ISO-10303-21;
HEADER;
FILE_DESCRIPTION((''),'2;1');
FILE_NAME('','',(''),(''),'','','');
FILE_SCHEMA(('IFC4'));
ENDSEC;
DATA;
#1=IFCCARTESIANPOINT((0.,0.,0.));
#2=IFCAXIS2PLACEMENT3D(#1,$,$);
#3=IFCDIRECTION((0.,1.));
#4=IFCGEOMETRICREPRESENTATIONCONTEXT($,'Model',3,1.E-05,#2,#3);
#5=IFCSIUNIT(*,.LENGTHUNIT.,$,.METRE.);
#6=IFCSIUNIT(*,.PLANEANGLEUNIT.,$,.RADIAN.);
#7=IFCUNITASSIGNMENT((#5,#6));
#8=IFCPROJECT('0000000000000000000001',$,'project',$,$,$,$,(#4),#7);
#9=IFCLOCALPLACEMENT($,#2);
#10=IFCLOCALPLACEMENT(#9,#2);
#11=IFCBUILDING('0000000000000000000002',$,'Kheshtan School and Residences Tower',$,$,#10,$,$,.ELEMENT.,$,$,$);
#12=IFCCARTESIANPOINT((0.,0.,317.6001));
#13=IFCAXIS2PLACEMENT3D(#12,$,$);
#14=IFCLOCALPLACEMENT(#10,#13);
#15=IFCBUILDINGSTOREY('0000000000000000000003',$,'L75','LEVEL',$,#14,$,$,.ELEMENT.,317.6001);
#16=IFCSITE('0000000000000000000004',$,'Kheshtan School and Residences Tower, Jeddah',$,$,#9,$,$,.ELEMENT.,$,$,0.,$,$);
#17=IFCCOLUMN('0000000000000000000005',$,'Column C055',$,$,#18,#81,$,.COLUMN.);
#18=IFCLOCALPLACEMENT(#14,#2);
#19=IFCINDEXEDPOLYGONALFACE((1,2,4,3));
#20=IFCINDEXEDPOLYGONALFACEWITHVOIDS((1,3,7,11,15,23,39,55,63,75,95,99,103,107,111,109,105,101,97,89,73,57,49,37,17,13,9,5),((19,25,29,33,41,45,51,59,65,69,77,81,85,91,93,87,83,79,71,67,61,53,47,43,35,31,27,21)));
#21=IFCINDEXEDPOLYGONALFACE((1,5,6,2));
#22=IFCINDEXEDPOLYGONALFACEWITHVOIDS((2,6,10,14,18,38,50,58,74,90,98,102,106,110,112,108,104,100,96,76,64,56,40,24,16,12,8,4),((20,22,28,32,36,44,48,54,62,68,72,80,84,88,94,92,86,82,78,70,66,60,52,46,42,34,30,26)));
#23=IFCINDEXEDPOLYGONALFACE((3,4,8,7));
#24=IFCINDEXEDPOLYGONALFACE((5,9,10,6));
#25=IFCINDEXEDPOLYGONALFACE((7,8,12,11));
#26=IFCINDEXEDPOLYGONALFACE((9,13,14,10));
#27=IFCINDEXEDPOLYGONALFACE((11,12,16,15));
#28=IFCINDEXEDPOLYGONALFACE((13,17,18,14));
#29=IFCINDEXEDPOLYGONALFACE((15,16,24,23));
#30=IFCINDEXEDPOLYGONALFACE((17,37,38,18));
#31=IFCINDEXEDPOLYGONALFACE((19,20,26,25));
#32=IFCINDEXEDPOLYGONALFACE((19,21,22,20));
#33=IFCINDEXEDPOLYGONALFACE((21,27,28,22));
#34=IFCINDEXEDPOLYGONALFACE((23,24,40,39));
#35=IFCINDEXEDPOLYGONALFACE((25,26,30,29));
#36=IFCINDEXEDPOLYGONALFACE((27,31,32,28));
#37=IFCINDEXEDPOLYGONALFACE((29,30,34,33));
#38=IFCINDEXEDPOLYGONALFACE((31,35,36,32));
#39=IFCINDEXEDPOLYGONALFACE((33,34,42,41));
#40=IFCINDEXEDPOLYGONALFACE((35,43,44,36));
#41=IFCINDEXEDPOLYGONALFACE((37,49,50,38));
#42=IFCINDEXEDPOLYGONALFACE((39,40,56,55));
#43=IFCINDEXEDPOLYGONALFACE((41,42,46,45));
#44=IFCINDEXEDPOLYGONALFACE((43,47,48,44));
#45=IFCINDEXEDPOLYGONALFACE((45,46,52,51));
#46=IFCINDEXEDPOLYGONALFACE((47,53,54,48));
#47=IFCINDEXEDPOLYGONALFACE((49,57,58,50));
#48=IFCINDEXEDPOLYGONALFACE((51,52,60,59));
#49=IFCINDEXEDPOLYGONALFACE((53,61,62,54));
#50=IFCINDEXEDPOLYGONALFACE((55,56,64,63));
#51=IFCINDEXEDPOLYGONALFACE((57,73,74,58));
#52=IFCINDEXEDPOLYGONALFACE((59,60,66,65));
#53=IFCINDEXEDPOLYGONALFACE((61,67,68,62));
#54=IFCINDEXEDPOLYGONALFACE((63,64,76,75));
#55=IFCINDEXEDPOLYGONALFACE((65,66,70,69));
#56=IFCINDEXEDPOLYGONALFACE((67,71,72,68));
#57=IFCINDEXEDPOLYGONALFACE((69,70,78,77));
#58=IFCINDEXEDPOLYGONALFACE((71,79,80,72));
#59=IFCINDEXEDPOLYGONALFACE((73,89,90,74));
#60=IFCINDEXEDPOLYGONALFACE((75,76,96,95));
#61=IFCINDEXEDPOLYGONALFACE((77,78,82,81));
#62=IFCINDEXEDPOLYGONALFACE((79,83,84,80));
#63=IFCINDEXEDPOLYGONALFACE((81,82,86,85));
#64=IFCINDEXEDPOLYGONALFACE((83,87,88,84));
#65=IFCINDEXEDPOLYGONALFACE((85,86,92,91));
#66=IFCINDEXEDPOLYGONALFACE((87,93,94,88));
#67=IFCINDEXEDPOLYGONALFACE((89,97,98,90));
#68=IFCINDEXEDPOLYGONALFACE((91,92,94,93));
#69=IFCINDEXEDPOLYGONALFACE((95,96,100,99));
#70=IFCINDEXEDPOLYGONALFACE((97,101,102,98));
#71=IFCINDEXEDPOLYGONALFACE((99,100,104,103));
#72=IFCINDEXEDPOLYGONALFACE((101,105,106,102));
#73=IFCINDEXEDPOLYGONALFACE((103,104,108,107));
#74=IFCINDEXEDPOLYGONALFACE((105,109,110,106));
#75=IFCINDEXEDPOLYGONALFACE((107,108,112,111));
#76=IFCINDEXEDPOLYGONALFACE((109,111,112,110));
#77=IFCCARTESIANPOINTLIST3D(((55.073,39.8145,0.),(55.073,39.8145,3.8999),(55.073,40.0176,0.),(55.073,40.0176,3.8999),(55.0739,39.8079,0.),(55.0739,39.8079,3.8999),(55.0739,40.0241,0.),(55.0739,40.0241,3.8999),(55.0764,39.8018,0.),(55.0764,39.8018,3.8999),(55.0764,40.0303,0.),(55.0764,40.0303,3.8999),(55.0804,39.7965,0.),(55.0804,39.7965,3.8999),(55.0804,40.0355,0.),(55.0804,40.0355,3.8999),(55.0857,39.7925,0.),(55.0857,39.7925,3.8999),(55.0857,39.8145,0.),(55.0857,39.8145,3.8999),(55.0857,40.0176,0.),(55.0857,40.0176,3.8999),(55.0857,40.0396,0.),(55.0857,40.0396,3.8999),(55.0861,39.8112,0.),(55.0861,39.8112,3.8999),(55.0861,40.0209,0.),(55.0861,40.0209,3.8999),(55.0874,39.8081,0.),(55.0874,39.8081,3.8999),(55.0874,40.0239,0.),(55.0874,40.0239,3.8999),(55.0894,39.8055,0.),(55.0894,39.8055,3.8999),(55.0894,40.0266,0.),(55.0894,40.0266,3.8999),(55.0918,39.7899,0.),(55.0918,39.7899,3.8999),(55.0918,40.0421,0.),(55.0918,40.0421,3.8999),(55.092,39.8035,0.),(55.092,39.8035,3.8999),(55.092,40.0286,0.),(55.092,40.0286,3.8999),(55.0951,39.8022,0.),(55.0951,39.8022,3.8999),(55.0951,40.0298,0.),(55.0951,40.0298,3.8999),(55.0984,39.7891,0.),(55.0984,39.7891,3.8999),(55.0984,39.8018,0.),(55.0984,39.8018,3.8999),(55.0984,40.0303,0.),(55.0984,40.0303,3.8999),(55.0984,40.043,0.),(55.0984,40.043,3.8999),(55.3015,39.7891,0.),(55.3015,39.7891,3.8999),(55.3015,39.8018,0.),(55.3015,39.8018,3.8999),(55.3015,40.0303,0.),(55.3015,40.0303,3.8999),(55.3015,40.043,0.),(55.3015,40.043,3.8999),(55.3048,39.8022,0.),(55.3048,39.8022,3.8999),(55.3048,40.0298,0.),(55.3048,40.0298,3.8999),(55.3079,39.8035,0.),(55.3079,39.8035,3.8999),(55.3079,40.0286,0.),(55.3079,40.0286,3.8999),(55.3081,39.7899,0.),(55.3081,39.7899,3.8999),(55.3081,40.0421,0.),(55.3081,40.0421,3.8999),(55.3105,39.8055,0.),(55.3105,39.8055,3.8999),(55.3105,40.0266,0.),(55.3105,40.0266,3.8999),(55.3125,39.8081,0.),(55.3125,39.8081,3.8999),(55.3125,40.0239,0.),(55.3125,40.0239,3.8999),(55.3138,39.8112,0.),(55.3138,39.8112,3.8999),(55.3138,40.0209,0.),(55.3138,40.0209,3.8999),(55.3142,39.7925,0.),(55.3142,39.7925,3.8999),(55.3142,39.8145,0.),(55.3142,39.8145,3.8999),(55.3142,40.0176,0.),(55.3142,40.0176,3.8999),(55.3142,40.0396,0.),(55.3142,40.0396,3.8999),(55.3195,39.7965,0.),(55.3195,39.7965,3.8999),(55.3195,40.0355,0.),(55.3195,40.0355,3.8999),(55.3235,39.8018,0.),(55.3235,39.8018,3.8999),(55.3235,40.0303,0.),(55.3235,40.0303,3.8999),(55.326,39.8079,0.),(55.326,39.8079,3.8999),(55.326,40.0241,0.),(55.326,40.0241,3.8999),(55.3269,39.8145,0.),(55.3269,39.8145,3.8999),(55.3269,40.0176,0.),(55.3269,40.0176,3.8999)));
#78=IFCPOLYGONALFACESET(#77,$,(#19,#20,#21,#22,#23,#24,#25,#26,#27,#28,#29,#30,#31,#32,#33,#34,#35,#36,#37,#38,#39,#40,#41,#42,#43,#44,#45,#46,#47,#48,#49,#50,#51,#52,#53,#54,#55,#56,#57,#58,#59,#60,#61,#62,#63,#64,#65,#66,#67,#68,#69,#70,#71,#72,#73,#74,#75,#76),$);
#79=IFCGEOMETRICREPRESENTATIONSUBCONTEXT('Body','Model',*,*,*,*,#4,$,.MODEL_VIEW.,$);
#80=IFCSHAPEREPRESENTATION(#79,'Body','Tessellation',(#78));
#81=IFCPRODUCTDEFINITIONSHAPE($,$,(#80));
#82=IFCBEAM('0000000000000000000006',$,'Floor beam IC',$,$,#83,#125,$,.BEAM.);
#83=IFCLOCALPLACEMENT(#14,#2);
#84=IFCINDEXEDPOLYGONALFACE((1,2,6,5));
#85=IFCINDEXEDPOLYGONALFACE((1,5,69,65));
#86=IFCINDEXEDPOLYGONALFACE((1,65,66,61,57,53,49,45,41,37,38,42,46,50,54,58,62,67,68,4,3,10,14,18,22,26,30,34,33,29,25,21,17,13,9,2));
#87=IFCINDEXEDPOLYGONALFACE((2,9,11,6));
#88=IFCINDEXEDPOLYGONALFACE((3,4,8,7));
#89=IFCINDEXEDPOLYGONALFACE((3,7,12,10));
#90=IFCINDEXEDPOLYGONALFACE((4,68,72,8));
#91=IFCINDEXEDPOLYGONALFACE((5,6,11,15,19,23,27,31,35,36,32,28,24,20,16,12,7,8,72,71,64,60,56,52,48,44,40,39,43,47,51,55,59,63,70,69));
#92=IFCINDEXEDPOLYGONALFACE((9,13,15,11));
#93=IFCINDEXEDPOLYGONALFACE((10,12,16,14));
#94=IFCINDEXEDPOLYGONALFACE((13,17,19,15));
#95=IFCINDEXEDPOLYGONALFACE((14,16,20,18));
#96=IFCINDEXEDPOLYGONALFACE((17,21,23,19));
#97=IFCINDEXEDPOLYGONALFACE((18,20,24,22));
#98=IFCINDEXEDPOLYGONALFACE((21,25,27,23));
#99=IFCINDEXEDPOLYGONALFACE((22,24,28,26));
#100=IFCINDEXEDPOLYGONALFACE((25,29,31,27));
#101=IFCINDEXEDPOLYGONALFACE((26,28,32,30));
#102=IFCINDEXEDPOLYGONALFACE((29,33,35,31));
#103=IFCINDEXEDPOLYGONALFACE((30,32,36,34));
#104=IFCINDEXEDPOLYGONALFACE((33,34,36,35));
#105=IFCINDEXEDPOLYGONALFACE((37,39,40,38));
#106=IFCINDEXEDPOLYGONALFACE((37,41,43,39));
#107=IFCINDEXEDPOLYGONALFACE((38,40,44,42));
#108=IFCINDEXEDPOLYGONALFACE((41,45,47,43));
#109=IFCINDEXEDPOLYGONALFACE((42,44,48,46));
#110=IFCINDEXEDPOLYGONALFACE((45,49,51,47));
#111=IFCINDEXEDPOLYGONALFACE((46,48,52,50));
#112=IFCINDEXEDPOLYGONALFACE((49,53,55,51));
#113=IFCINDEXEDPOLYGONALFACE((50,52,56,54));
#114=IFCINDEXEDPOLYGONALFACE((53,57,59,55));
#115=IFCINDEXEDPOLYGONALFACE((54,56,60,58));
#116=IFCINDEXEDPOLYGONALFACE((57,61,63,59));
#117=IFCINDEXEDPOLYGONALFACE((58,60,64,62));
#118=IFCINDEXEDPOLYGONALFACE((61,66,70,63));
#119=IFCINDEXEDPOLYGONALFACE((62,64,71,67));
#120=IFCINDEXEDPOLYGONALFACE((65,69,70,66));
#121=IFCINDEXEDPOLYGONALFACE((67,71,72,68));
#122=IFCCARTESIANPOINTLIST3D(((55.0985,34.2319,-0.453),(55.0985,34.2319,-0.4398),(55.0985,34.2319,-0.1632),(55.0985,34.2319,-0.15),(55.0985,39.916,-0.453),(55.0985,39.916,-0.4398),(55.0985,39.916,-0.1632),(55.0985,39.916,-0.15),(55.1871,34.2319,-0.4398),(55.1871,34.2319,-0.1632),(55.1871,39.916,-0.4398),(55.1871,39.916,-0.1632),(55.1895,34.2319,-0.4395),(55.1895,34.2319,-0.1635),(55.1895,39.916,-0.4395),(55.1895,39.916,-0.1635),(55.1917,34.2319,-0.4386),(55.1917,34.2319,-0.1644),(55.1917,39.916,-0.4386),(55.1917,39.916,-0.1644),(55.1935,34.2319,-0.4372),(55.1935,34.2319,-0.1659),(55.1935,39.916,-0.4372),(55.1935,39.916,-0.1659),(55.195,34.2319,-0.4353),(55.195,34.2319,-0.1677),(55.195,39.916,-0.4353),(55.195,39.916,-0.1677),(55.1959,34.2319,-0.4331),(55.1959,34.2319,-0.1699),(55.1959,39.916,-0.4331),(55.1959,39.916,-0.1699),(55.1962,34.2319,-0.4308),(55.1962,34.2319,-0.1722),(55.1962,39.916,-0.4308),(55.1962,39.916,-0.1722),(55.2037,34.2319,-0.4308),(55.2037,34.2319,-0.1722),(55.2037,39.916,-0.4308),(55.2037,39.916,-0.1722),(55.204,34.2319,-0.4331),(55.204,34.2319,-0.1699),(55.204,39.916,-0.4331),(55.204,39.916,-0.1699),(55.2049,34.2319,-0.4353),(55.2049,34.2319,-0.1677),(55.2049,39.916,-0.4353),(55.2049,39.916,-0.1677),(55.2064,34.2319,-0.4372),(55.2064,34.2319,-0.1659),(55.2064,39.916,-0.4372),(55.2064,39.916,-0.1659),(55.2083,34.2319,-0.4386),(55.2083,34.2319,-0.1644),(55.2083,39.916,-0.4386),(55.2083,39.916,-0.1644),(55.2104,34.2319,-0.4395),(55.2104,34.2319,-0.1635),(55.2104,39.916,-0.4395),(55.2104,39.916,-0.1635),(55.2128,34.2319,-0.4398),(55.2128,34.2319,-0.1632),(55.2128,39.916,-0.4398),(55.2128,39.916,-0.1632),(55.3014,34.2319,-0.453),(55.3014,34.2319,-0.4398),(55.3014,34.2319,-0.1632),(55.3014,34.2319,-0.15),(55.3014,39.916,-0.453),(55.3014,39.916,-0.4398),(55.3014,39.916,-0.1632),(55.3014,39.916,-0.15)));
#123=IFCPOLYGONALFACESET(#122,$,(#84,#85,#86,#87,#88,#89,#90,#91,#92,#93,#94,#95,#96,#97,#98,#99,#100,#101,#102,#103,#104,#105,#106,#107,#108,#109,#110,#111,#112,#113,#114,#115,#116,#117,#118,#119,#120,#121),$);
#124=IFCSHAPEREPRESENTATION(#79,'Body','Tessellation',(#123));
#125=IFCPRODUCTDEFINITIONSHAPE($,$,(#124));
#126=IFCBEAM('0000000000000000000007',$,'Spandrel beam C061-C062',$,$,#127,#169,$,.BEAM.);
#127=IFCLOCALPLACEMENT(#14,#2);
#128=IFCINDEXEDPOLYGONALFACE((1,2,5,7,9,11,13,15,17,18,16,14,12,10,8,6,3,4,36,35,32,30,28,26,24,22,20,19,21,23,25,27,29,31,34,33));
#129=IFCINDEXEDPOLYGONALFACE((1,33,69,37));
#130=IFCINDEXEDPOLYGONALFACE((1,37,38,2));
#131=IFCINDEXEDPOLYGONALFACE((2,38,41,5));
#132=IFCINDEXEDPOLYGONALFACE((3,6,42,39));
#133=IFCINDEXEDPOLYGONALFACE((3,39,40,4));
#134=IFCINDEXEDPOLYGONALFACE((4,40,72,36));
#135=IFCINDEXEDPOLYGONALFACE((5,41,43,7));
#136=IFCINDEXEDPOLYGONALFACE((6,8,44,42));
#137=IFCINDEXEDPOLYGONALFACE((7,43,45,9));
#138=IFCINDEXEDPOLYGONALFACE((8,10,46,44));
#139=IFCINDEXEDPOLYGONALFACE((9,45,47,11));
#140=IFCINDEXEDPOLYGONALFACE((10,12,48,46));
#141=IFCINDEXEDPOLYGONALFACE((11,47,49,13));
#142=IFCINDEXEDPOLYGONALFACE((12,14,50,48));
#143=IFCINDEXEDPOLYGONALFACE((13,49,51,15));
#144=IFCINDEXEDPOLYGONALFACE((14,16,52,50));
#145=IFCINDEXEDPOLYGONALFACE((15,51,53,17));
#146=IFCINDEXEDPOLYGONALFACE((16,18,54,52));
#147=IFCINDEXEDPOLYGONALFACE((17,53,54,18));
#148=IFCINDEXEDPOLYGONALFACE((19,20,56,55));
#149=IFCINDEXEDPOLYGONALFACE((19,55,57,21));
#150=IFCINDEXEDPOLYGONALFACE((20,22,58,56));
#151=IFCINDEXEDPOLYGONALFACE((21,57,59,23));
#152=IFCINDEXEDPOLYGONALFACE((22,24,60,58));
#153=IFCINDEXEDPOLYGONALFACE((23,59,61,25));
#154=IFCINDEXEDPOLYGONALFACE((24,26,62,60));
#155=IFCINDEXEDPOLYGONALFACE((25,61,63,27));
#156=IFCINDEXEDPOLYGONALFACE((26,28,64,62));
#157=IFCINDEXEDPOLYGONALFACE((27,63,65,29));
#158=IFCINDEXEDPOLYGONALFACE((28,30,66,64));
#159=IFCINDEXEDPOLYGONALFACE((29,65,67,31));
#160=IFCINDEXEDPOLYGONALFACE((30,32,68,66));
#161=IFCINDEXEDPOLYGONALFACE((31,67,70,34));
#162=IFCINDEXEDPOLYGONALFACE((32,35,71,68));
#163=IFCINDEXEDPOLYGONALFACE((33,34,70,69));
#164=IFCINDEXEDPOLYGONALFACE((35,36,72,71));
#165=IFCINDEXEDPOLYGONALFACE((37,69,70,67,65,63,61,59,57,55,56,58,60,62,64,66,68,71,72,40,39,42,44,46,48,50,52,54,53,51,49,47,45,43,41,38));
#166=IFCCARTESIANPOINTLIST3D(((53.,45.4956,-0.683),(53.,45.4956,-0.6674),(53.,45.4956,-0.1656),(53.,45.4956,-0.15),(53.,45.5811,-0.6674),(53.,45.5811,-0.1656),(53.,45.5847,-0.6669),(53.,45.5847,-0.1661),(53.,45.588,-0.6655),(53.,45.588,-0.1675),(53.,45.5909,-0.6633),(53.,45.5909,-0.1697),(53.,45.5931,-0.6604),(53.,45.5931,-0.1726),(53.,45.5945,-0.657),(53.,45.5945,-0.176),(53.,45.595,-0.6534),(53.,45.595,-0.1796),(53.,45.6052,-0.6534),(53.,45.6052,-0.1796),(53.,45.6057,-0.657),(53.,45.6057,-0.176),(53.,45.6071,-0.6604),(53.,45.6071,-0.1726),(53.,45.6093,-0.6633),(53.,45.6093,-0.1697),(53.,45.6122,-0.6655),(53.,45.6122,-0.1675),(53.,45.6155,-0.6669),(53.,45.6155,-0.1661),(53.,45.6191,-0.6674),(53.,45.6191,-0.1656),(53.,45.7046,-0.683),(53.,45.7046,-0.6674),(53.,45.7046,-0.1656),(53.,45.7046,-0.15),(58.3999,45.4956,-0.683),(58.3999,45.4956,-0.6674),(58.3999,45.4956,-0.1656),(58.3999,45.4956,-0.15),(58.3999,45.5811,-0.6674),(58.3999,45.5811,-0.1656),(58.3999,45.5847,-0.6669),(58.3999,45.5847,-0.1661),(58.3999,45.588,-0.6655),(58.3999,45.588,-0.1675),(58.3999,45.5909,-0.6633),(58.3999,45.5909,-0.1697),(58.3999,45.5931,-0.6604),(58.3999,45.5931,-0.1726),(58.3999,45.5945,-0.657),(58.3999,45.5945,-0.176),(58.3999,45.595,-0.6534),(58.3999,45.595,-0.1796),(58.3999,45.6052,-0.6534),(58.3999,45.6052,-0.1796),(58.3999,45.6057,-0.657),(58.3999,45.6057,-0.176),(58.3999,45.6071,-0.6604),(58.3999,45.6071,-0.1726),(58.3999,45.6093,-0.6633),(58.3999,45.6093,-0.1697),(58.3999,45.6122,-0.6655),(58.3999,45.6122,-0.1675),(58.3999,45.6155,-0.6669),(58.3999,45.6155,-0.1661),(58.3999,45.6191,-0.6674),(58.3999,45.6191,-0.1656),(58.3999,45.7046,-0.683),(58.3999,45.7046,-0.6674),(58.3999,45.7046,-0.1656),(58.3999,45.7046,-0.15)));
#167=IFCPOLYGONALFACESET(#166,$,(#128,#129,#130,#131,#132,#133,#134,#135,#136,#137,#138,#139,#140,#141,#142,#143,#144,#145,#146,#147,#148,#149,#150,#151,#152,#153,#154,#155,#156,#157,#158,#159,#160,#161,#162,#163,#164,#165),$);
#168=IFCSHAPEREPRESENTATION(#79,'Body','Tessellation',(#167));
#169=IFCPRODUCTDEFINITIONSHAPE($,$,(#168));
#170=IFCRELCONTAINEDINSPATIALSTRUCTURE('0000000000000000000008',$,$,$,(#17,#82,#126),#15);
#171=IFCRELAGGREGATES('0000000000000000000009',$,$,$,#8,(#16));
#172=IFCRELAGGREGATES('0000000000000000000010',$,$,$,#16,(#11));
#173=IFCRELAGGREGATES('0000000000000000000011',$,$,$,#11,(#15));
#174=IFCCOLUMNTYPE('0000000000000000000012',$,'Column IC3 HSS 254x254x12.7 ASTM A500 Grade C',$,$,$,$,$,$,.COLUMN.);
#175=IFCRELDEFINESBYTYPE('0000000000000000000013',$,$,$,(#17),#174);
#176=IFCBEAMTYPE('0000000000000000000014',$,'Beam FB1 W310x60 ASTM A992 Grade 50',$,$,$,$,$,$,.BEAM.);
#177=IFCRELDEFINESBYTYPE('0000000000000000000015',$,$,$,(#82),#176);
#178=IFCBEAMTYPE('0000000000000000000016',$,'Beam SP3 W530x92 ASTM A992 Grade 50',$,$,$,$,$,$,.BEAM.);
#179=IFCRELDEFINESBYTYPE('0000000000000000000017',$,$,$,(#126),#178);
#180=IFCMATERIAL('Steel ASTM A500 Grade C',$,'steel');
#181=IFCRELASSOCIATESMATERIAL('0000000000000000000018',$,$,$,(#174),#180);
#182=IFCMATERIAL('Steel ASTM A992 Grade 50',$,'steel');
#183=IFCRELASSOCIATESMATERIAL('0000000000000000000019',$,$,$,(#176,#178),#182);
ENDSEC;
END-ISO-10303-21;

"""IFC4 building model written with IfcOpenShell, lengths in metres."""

from ifc_helpers import new_model, si_unit, direction, frame, origin, origin_2d, place, context, subcontext, project, spatial, hollow_rectangle, i_section, extrude, material, material_profile, profile_set, type_object, element, save


model = new_model("IFC4")

# Units and contexts
model_context = context("Model", 3, precision=1e-05, world=origin(), true_north=direction((0.0, 1.0)))
body_context = subcontext(model_context, "Body", "Model", "MODEL_VIEW")
ifc_project = project(units=[si_unit("LENGTHUNIT", "METRE"), si_unit("PLANEANGLEUNIT", "RADIAN")], contexts=[model_context])

# Site, building, storey
site_placement = place(None, origin())
site = spatial("IfcSite", under=ifc_project, at=site_placement, Name="Kheshtan School and Residences Tower, Jeddah", CompositionType="ELEMENT", RefElevation=0.0)
building_placement = place(site_placement, origin())
building = spatial("IfcBuilding", under=site, at=building_placement, Name="Kheshtan School and Residences Tower", CompositionType="ELEMENT")
storey_placement = place(building_placement, frame((0.0, 0.0, 317.6001)))
storey = spatial("IfcBuildingStorey", under=building, at=storey_placement, Name="L75", Description="LEVEL", CompositionType="ELEMENT", Elevation=317.6001)

# Column
ifc_material_1 = material(Name="Steel ASTM A992 Grade 50", Category="steel")
ifc_material_2 = material(Name="Steel ASTM A500 Grade C", Category="steel")
ifc_material_profile_1 = material_profile(ifc_material_2, hollow_rectangle(XDim=0.2539, YDim=0.2539, WallThickness=0.0127, InnerFilletRadius=0.0127, OuterFilletRadius=0.0254, at=origin_2d()), Name="HSS 254x254x12.7")
ifc_profile_set_1 = profile_set([ifc_material_profile_1], Name="Steel ASTM A500 Grade C")
column_type_1 = type_object("IfcColumnType", Name="Column IC3 HSS 254x254x12.7 ASTM A500 Grade C", PredefinedType="COLUMN", material=ifc_profile_set_1)
for number, where, z_axis, x_axis, name in (
    (1, (55.2, 39.916, 0.0), (0.0, 0.0, 1.0), (1.0, 0.0, 0.0), "Column C055"),
):
    element("IfcColumn", number, at=place(storey_placement, frame(where, z_axis=z_axis, x_axis=x_axis)), inside=storey, type_object=column_type_1, Name=name, PredefinedType="COLUMN", context=body_context, shape_type="SweptSolid", body=[
        extrude(hollow_rectangle(XDim=0.2539, YDim=0.2539, WallThickness=0.0127, InnerFilletRadius=0.0127, OuterFilletRadius=0.0254, at=origin_2d()), origin(), (0.0, 0.0, 1.0), 3.8999),
    ])

# Beams
ifc_material_profile_2 = material_profile(ifc_material_1, i_section(OverallWidth=0.2029, OverallDepth=0.303, WebThickness=0.0076, FlangeThickness=0.0132, FilletRadius=0.009, at=origin_2d()), Name="W310x60")
ifc_profile_set_2 = profile_set([ifc_material_profile_2], Name="Steel ASTM A992 Grade 50")
beam_type_1 = type_object("IfcBeamType", Name="Beam FB1 W310x60 ASTM A992 Grade 50", PredefinedType="BEAM", material=ifc_profile_set_2)
beam_1_placement = place(storey_placement, frame((55.2, 34.2319, -0.3015), z_axis=(0.0, 1.0, 0.0), x_axis=(-1.0, 0.0, 0.0)))
element("IfcBeam", 2, at=beam_1_placement, inside=storey, type_object=beam_type_1, Name="Floor beam IC", PredefinedType="BEAM", context=body_context, shape_type="SweptSolid", body=[
    extrude(i_section(OverallWidth=0.2029, OverallDepth=0.303, WebThickness=0.0076, FlangeThickness=0.0132, FilletRadius=0.009, at=origin_2d()), origin(), (0.0, 0.0, 1.0), 5.6841),
])
ifc_material_profile_3 = material_profile(ifc_material_1, i_section(OverallWidth=0.209, OverallDepth=0.533, WebThickness=0.0103, FlangeThickness=0.0156, FilletRadius=0.0139, at=origin_2d()), Name="W530x92")
ifc_profile_set_3 = profile_set([ifc_material_profile_3], Name="Steel ASTM A992 Grade 50")
beam_type_2 = type_object("IfcBeamType", Name="Beam SP3 W530x92 ASTM A992 Grade 50", PredefinedType="BEAM", material=ifc_profile_set_3)
beam_2_placement = place(storey_placement, frame((53.0, 45.6001, -0.4165), z_axis=(1.0, 0.0, 0.0), x_axis=(0.0, 1.0, 0.0)))
element("IfcBeam", 3, at=beam_2_placement, inside=storey, type_object=beam_type_2, Name="Spandrel beam C061-C062", PredefinedType="BEAM", context=body_context, shape_type="SweptSolid", body=[
    extrude(i_section(OverallWidth=0.209, OverallDepth=0.533, WebThickness=0.0103, FlangeThickness=0.0156, FilletRadius=0.0139, at=origin_2d()), origin(), (0.0, 0.0, 1.0), 5.3999),
])

save(model, "model.ifc")
